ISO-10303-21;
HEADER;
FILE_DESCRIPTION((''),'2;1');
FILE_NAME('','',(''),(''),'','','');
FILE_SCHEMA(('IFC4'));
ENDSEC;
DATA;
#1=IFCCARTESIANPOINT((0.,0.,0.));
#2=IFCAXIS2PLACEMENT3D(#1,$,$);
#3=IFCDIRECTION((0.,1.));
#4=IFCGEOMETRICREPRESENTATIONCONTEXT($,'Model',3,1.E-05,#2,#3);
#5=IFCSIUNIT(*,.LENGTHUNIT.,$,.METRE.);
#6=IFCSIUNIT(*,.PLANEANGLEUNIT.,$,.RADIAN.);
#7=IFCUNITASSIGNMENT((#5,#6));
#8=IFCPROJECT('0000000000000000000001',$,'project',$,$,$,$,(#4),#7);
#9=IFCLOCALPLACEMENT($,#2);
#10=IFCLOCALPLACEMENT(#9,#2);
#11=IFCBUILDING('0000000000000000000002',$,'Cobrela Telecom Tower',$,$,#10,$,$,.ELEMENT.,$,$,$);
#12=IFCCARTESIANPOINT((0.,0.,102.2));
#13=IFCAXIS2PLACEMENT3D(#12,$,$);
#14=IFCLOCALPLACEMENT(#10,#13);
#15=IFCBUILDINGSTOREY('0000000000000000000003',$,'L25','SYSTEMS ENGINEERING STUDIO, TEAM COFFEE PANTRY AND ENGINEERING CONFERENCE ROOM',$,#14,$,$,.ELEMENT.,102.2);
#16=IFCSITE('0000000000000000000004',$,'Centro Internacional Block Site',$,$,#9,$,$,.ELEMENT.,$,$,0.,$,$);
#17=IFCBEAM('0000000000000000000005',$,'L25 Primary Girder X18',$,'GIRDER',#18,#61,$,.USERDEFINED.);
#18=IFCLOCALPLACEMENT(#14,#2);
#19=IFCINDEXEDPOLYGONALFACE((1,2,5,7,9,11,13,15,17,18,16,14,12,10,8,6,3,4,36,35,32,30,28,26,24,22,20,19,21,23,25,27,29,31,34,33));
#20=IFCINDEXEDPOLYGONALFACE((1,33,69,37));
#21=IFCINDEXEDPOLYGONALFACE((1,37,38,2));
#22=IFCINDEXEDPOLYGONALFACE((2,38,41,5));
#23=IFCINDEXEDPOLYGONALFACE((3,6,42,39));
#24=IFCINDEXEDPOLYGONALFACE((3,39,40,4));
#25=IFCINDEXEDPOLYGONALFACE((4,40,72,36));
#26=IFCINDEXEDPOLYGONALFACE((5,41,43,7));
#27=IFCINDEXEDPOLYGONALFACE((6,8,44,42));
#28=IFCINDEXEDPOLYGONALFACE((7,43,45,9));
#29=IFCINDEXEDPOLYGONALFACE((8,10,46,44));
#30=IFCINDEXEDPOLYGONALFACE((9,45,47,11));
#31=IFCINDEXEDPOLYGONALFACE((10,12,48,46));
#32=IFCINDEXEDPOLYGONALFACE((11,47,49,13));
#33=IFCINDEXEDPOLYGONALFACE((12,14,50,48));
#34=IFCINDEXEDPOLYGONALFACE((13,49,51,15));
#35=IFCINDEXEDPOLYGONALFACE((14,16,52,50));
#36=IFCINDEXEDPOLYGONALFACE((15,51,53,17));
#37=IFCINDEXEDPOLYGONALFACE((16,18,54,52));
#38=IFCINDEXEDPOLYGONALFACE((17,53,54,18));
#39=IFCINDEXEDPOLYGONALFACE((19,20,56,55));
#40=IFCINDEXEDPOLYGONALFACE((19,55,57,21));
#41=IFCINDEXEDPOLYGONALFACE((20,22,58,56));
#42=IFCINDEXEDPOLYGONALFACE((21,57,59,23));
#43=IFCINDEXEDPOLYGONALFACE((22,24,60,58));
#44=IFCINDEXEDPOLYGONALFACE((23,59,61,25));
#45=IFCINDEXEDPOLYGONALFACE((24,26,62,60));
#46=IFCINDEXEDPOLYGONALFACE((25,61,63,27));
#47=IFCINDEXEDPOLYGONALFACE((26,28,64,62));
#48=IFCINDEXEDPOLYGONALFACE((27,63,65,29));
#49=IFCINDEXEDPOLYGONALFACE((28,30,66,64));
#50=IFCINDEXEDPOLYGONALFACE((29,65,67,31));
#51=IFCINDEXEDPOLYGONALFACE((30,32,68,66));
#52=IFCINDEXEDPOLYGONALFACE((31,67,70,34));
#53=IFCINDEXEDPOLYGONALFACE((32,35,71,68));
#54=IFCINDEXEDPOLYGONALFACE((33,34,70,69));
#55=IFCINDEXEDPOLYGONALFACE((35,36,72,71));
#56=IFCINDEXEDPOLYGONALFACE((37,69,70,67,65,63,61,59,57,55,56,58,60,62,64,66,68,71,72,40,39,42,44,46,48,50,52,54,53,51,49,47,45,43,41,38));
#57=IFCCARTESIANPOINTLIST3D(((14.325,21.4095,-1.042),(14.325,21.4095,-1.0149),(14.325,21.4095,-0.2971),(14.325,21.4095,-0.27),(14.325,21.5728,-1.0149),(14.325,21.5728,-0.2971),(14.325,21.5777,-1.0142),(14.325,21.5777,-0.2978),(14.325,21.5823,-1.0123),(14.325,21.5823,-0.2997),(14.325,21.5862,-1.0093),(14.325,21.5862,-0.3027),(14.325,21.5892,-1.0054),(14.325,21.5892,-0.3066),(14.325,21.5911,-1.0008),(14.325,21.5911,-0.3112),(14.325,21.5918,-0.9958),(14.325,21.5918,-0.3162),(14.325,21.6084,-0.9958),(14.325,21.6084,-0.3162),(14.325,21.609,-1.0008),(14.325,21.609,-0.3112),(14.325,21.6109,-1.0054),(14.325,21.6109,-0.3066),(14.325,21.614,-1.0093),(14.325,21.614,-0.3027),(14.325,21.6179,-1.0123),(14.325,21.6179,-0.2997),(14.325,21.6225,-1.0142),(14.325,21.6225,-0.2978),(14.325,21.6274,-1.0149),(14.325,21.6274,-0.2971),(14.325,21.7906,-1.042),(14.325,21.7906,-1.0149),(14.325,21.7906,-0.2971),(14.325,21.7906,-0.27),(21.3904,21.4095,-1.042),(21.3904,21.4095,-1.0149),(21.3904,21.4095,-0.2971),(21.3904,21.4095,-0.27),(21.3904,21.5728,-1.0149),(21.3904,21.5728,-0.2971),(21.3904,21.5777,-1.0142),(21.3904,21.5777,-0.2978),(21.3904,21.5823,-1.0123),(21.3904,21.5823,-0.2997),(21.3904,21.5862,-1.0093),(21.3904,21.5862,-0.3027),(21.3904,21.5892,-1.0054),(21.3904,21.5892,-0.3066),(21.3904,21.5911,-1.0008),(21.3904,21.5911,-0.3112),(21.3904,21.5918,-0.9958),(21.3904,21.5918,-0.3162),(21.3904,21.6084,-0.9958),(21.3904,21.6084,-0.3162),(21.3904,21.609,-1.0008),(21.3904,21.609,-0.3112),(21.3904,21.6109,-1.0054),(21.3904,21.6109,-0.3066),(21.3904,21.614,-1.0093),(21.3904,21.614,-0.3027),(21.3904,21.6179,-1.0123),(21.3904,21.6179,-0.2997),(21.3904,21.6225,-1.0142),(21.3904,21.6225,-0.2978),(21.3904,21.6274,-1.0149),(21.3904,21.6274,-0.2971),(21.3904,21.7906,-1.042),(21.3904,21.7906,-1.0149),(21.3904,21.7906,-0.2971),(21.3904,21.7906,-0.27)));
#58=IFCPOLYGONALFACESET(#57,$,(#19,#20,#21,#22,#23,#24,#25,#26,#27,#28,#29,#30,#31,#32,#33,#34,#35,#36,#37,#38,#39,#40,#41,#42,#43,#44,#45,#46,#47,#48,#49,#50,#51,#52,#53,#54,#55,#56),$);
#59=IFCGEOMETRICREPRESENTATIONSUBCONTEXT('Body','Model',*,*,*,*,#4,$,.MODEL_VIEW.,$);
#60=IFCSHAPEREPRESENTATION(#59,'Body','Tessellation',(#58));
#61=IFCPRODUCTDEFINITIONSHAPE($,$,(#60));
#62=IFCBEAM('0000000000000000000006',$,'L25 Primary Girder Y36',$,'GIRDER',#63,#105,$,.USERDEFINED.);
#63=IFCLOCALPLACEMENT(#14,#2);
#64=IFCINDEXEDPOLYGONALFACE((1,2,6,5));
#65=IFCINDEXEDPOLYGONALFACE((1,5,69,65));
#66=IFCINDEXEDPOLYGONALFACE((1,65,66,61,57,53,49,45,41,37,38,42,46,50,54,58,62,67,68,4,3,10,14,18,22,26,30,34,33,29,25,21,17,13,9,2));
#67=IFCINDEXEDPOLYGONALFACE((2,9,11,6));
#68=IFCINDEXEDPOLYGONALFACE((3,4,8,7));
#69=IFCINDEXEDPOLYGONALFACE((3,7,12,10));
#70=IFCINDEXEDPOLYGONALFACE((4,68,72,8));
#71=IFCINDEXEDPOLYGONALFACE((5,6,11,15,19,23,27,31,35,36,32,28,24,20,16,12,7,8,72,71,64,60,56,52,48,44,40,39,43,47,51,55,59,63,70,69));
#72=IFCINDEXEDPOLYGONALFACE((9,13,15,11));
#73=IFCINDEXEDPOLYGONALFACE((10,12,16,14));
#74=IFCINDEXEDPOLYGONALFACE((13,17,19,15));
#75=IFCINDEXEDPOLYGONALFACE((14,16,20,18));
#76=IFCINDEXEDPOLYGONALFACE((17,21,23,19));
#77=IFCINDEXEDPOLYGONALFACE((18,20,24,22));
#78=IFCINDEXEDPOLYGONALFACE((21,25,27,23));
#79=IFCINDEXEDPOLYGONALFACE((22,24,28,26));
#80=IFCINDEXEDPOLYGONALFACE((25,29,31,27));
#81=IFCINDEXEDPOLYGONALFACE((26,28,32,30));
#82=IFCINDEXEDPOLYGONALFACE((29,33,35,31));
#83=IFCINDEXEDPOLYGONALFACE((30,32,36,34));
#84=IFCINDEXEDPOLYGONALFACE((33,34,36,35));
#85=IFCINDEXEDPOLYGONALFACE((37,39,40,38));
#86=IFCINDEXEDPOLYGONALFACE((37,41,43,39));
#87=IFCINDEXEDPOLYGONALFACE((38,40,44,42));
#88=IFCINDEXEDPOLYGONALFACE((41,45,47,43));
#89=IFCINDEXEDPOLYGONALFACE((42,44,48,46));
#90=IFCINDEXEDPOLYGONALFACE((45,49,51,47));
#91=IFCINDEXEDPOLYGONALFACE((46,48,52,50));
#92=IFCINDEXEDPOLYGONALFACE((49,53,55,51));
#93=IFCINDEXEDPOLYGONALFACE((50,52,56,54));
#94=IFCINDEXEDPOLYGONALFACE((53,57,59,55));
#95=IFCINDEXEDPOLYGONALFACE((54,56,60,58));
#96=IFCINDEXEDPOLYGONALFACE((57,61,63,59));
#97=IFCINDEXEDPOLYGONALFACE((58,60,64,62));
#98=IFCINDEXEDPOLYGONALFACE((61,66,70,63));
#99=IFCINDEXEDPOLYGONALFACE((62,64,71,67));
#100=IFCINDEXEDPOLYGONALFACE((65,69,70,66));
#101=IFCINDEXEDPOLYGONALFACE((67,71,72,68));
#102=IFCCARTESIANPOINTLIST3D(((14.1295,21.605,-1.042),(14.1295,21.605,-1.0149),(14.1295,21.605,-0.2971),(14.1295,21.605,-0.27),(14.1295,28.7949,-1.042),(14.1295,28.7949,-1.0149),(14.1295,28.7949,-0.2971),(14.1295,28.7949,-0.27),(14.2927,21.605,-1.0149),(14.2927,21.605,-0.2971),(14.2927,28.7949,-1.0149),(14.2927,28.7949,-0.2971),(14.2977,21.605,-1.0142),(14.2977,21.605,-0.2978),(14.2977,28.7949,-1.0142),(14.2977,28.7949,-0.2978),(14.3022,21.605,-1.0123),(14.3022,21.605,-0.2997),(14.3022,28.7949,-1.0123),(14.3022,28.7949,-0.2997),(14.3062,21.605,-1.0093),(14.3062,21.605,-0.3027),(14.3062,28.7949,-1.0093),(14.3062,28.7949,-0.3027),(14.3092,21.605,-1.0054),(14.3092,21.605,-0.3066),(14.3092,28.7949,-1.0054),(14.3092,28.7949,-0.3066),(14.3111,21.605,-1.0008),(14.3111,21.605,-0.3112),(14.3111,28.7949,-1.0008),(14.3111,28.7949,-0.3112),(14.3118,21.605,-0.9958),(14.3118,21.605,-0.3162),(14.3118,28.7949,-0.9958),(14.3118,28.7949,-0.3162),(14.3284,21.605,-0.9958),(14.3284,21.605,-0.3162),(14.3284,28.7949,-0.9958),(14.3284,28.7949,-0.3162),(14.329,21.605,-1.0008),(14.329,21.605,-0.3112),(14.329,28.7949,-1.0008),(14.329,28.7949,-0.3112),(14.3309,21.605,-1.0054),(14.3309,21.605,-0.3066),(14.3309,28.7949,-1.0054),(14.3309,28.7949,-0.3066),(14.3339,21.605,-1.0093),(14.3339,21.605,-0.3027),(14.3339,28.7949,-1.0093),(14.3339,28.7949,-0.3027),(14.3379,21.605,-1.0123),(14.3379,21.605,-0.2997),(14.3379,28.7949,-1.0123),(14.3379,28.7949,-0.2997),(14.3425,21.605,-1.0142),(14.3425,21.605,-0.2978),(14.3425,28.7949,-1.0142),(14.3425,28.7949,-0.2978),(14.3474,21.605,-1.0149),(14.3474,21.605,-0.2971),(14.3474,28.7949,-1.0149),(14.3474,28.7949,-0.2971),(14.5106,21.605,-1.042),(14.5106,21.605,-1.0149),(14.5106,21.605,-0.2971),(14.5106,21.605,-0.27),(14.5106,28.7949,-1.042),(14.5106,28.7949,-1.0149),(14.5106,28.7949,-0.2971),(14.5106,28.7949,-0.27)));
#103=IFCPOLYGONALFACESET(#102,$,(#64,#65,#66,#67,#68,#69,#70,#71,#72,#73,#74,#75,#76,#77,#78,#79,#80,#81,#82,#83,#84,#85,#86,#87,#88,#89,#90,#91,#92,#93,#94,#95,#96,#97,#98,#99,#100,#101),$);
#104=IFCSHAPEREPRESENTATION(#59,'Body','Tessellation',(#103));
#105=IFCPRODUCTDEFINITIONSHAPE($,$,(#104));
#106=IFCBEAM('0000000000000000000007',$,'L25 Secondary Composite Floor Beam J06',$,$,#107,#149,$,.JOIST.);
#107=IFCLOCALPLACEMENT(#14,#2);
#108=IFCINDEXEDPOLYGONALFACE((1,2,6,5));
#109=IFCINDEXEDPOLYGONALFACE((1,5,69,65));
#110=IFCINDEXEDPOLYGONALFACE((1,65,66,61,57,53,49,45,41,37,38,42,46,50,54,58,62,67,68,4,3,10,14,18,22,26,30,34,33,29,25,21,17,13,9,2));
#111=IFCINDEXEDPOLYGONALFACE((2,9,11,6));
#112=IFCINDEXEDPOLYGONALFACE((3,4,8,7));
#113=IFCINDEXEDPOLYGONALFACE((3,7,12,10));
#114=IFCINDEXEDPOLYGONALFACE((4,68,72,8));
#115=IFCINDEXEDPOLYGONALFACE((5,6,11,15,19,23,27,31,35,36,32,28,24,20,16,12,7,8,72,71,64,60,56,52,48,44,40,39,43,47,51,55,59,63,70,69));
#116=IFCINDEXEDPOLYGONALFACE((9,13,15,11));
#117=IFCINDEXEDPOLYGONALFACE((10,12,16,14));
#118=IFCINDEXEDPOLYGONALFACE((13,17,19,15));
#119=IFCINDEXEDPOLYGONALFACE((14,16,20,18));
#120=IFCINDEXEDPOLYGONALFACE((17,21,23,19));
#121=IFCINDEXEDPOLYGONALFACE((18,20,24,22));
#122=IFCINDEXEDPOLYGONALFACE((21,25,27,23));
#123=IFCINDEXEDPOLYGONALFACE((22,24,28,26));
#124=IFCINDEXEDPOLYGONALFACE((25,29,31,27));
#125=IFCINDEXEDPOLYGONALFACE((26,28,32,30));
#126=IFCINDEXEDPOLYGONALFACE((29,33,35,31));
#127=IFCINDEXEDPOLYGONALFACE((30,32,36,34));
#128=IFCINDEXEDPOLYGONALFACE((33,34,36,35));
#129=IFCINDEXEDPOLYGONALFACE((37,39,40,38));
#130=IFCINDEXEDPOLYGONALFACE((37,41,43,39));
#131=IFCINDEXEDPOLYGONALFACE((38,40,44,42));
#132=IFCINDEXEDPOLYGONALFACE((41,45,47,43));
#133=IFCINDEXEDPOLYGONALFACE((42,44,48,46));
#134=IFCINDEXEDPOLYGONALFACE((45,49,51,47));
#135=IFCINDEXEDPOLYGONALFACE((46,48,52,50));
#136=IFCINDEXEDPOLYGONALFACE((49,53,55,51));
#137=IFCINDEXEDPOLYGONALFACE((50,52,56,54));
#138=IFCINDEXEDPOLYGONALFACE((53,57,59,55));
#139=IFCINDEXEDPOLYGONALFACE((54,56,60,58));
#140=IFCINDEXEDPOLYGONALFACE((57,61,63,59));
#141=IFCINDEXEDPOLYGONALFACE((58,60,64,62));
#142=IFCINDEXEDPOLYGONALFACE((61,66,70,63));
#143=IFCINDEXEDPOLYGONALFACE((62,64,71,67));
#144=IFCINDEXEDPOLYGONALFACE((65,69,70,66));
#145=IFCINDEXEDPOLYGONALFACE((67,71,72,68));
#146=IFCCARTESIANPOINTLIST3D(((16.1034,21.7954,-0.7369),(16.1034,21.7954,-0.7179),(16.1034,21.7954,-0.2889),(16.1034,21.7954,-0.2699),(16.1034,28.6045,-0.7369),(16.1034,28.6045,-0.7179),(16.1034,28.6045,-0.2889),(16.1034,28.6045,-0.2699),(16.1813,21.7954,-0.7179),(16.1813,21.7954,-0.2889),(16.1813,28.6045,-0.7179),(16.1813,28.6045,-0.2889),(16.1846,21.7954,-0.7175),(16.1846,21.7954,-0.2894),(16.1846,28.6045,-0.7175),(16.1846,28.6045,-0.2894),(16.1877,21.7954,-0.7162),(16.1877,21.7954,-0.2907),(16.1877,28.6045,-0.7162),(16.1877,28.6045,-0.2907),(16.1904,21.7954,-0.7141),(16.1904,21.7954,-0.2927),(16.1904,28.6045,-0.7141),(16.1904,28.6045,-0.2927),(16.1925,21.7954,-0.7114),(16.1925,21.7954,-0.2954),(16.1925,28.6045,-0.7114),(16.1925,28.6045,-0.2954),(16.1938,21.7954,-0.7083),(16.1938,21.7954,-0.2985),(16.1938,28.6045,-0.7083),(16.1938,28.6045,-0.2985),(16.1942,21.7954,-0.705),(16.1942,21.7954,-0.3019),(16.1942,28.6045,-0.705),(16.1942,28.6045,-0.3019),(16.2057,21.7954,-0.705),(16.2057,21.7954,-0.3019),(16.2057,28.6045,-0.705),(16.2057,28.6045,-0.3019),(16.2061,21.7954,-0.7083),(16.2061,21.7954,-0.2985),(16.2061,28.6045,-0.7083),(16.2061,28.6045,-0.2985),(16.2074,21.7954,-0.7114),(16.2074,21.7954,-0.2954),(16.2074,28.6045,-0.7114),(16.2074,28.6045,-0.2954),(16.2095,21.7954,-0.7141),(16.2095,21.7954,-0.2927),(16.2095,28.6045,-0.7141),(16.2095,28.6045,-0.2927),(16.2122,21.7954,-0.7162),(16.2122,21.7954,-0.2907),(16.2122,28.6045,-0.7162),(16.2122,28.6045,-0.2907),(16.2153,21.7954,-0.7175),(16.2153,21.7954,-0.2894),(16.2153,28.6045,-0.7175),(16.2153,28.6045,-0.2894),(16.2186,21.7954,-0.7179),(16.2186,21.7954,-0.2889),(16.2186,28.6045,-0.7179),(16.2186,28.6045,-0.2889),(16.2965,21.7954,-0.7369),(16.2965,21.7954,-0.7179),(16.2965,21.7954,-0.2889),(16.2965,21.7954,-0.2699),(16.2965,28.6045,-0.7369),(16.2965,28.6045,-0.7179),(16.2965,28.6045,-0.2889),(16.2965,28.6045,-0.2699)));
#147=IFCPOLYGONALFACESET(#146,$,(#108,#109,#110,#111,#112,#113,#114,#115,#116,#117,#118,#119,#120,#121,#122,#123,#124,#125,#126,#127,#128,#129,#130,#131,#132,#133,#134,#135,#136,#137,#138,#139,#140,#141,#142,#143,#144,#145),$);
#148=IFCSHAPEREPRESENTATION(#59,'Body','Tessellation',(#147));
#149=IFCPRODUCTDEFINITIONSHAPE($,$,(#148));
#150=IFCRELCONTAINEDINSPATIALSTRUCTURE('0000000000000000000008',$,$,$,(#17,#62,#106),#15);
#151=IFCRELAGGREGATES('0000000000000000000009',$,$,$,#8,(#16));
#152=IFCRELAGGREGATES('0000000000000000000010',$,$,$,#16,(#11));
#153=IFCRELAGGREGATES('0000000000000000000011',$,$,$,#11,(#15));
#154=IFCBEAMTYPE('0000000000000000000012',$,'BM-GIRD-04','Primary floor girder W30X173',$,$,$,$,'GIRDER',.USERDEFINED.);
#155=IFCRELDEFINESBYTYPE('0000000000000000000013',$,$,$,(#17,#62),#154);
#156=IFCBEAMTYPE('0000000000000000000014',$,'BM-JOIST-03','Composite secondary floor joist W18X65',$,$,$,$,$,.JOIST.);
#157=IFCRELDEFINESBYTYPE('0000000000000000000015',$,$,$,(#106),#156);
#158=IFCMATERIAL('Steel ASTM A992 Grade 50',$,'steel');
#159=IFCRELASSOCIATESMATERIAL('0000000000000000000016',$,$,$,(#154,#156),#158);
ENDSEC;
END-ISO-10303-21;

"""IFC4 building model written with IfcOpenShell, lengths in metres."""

from ifc_helpers import new_model, si_unit, direction, frame, origin, origin_2d, place, context, subcontext, project, spatial, i_section, extrude, material, material_profile, profile_set, type_object, element, save


model = new_model("IFC4")

# Units and contexts
model_context = context("Model", 3, precision=1e-05, world=origin(), true_north=direction((0.0, 1.0)))
body_context = subcontext(model_context, "Body", "Model", "MODEL_VIEW")
ifc_project = project(units=[si_unit("LENGTHUNIT", "METRE"), si_unit("PLANEANGLEUNIT", "RADIAN")], contexts=[model_context])

# Site, building, storey
site_placement = place(None, origin())
site = spatial("IfcSite", under=ifc_project, at=site_placement, Name="Centro Internacional Block Site", CompositionType="ELEMENT", RefElevation=0.0)
building_placement = place(site_placement, origin())
building = spatial("IfcBuilding", under=site, at=building_placement, Name="Cobrela Telecom Tower", CompositionType="ELEMENT")
storey_placement = place(building_placement, frame((0.0, 0.0, 102.2)))
storey = spatial("IfcBuildingStorey", under=building, at=storey_placement, Name="L25", Description="SYSTEMS ENGINEERING STUDIO, TEAM COFFEE PANTRY AND ENGINEERING CONFERENCE ROOM", CompositionType="ELEMENT", Elevation=102.2)

# Beams
ifc_material_1 = material(Name="Steel ASTM A992 Grade 50", Category="steel")
ifc_material_profile_1 = material_profile(ifc_material_1, i_section(OverallWidth=0.3811, OverallDepth=0.772, WebThickness=0.0166, FlangeThickness=0.0271, FilletRadius=0.019, at=origin_2d()), Name="W30X173")
ifc_profile_set_1 = profile_set([ifc_material_profile_1], Name="Steel ASTM A992 Grade 50")
beam_type_1 = type_object("IfcBeamType", Name="BM-GIRD-04", Description="Primary floor girder W30X173", ElementType="GIRDER", PredefinedType="USERDEFINED", material=ifc_profile_set_1)
beam_1_placement = place(storey_placement, frame((14.325, 21.6001, -0.656), z_axis=(1.0, 0.0, 0.0), x_axis=(0.0, 1.0, 0.0)))
element("IfcBeam", 1, at=beam_1_placement, inside=storey, type_object=beam_type_1, Name="L25 Primary Girder X18", ObjectType="GIRDER", PredefinedType="USERDEFINED", context=body_context, shape_type="SweptSolid", body=[
    extrude(i_section(OverallWidth=0.3811, OverallDepth=0.772, WebThickness=0.0166, FlangeThickness=0.0271, FilletRadius=0.019, at=origin_2d()), origin(), (0.0, 0.0, 1.0), 7.0654),
])
beam_2_placement = place(storey_placement, frame((14.3201, 21.605, -0.656), z_axis=(0.0, 1.0, 0.0), x_axis=(-1.0, 0.0, 0.0)))
element("IfcBeam", 2, at=beam_2_placement, inside=storey, type_object=beam_type_1, Name="L25 Primary Girder Y36", ObjectType="GIRDER", PredefinedType="USERDEFINED", context=body_context, shape_type="SweptSolid", body=[
    extrude(i_section(OverallWidth=0.3811, OverallDepth=0.772, WebThickness=0.0166, FlangeThickness=0.0271, FilletRadius=0.019, at=origin_2d()), origin(), (0.0, 0.0, 1.0), 7.1899),
])
ifc_material_profile_2 = material_profile(ifc_material_1, i_section(OverallWidth=0.1931, OverallDepth=0.467, WebThickness=0.0115, FlangeThickness=0.019, FilletRadius=0.0129, at=origin_2d()), Name="W18X65")
ifc_profile_set_2 = profile_set([ifc_material_profile_2], Name="Steel ASTM A992 Grade 50")
beam_type_2 = type_object("IfcBeamType", Name="BM-JOIST-03", Description="Composite secondary floor joist W18X65", PredefinedType="JOIST", material=ifc_profile_set_2)
beam_3_placement = place(storey_placement, frame((16.2, 21.7954, -0.5034), z_axis=(0.0, 1.0, 0.0), x_axis=(-1.0, 0.0, 0.0)))
element("IfcBeam", 3, at=beam_3_placement, inside=storey, type_object=beam_type_2, Name="L25 Secondary Composite Floor Beam J06", PredefinedType="JOIST", context=body_context, shape_type="SweptSolid", body=[
    extrude(i_section(OverallWidth=0.1931, OverallDepth=0.467, WebThickness=0.0115, FlangeThickness=0.019, FilletRadius=0.0129, at=origin_2d()), origin(), (0.0, 0.0, 1.0), 6.8091),
])

save(model, "model.ifc")
